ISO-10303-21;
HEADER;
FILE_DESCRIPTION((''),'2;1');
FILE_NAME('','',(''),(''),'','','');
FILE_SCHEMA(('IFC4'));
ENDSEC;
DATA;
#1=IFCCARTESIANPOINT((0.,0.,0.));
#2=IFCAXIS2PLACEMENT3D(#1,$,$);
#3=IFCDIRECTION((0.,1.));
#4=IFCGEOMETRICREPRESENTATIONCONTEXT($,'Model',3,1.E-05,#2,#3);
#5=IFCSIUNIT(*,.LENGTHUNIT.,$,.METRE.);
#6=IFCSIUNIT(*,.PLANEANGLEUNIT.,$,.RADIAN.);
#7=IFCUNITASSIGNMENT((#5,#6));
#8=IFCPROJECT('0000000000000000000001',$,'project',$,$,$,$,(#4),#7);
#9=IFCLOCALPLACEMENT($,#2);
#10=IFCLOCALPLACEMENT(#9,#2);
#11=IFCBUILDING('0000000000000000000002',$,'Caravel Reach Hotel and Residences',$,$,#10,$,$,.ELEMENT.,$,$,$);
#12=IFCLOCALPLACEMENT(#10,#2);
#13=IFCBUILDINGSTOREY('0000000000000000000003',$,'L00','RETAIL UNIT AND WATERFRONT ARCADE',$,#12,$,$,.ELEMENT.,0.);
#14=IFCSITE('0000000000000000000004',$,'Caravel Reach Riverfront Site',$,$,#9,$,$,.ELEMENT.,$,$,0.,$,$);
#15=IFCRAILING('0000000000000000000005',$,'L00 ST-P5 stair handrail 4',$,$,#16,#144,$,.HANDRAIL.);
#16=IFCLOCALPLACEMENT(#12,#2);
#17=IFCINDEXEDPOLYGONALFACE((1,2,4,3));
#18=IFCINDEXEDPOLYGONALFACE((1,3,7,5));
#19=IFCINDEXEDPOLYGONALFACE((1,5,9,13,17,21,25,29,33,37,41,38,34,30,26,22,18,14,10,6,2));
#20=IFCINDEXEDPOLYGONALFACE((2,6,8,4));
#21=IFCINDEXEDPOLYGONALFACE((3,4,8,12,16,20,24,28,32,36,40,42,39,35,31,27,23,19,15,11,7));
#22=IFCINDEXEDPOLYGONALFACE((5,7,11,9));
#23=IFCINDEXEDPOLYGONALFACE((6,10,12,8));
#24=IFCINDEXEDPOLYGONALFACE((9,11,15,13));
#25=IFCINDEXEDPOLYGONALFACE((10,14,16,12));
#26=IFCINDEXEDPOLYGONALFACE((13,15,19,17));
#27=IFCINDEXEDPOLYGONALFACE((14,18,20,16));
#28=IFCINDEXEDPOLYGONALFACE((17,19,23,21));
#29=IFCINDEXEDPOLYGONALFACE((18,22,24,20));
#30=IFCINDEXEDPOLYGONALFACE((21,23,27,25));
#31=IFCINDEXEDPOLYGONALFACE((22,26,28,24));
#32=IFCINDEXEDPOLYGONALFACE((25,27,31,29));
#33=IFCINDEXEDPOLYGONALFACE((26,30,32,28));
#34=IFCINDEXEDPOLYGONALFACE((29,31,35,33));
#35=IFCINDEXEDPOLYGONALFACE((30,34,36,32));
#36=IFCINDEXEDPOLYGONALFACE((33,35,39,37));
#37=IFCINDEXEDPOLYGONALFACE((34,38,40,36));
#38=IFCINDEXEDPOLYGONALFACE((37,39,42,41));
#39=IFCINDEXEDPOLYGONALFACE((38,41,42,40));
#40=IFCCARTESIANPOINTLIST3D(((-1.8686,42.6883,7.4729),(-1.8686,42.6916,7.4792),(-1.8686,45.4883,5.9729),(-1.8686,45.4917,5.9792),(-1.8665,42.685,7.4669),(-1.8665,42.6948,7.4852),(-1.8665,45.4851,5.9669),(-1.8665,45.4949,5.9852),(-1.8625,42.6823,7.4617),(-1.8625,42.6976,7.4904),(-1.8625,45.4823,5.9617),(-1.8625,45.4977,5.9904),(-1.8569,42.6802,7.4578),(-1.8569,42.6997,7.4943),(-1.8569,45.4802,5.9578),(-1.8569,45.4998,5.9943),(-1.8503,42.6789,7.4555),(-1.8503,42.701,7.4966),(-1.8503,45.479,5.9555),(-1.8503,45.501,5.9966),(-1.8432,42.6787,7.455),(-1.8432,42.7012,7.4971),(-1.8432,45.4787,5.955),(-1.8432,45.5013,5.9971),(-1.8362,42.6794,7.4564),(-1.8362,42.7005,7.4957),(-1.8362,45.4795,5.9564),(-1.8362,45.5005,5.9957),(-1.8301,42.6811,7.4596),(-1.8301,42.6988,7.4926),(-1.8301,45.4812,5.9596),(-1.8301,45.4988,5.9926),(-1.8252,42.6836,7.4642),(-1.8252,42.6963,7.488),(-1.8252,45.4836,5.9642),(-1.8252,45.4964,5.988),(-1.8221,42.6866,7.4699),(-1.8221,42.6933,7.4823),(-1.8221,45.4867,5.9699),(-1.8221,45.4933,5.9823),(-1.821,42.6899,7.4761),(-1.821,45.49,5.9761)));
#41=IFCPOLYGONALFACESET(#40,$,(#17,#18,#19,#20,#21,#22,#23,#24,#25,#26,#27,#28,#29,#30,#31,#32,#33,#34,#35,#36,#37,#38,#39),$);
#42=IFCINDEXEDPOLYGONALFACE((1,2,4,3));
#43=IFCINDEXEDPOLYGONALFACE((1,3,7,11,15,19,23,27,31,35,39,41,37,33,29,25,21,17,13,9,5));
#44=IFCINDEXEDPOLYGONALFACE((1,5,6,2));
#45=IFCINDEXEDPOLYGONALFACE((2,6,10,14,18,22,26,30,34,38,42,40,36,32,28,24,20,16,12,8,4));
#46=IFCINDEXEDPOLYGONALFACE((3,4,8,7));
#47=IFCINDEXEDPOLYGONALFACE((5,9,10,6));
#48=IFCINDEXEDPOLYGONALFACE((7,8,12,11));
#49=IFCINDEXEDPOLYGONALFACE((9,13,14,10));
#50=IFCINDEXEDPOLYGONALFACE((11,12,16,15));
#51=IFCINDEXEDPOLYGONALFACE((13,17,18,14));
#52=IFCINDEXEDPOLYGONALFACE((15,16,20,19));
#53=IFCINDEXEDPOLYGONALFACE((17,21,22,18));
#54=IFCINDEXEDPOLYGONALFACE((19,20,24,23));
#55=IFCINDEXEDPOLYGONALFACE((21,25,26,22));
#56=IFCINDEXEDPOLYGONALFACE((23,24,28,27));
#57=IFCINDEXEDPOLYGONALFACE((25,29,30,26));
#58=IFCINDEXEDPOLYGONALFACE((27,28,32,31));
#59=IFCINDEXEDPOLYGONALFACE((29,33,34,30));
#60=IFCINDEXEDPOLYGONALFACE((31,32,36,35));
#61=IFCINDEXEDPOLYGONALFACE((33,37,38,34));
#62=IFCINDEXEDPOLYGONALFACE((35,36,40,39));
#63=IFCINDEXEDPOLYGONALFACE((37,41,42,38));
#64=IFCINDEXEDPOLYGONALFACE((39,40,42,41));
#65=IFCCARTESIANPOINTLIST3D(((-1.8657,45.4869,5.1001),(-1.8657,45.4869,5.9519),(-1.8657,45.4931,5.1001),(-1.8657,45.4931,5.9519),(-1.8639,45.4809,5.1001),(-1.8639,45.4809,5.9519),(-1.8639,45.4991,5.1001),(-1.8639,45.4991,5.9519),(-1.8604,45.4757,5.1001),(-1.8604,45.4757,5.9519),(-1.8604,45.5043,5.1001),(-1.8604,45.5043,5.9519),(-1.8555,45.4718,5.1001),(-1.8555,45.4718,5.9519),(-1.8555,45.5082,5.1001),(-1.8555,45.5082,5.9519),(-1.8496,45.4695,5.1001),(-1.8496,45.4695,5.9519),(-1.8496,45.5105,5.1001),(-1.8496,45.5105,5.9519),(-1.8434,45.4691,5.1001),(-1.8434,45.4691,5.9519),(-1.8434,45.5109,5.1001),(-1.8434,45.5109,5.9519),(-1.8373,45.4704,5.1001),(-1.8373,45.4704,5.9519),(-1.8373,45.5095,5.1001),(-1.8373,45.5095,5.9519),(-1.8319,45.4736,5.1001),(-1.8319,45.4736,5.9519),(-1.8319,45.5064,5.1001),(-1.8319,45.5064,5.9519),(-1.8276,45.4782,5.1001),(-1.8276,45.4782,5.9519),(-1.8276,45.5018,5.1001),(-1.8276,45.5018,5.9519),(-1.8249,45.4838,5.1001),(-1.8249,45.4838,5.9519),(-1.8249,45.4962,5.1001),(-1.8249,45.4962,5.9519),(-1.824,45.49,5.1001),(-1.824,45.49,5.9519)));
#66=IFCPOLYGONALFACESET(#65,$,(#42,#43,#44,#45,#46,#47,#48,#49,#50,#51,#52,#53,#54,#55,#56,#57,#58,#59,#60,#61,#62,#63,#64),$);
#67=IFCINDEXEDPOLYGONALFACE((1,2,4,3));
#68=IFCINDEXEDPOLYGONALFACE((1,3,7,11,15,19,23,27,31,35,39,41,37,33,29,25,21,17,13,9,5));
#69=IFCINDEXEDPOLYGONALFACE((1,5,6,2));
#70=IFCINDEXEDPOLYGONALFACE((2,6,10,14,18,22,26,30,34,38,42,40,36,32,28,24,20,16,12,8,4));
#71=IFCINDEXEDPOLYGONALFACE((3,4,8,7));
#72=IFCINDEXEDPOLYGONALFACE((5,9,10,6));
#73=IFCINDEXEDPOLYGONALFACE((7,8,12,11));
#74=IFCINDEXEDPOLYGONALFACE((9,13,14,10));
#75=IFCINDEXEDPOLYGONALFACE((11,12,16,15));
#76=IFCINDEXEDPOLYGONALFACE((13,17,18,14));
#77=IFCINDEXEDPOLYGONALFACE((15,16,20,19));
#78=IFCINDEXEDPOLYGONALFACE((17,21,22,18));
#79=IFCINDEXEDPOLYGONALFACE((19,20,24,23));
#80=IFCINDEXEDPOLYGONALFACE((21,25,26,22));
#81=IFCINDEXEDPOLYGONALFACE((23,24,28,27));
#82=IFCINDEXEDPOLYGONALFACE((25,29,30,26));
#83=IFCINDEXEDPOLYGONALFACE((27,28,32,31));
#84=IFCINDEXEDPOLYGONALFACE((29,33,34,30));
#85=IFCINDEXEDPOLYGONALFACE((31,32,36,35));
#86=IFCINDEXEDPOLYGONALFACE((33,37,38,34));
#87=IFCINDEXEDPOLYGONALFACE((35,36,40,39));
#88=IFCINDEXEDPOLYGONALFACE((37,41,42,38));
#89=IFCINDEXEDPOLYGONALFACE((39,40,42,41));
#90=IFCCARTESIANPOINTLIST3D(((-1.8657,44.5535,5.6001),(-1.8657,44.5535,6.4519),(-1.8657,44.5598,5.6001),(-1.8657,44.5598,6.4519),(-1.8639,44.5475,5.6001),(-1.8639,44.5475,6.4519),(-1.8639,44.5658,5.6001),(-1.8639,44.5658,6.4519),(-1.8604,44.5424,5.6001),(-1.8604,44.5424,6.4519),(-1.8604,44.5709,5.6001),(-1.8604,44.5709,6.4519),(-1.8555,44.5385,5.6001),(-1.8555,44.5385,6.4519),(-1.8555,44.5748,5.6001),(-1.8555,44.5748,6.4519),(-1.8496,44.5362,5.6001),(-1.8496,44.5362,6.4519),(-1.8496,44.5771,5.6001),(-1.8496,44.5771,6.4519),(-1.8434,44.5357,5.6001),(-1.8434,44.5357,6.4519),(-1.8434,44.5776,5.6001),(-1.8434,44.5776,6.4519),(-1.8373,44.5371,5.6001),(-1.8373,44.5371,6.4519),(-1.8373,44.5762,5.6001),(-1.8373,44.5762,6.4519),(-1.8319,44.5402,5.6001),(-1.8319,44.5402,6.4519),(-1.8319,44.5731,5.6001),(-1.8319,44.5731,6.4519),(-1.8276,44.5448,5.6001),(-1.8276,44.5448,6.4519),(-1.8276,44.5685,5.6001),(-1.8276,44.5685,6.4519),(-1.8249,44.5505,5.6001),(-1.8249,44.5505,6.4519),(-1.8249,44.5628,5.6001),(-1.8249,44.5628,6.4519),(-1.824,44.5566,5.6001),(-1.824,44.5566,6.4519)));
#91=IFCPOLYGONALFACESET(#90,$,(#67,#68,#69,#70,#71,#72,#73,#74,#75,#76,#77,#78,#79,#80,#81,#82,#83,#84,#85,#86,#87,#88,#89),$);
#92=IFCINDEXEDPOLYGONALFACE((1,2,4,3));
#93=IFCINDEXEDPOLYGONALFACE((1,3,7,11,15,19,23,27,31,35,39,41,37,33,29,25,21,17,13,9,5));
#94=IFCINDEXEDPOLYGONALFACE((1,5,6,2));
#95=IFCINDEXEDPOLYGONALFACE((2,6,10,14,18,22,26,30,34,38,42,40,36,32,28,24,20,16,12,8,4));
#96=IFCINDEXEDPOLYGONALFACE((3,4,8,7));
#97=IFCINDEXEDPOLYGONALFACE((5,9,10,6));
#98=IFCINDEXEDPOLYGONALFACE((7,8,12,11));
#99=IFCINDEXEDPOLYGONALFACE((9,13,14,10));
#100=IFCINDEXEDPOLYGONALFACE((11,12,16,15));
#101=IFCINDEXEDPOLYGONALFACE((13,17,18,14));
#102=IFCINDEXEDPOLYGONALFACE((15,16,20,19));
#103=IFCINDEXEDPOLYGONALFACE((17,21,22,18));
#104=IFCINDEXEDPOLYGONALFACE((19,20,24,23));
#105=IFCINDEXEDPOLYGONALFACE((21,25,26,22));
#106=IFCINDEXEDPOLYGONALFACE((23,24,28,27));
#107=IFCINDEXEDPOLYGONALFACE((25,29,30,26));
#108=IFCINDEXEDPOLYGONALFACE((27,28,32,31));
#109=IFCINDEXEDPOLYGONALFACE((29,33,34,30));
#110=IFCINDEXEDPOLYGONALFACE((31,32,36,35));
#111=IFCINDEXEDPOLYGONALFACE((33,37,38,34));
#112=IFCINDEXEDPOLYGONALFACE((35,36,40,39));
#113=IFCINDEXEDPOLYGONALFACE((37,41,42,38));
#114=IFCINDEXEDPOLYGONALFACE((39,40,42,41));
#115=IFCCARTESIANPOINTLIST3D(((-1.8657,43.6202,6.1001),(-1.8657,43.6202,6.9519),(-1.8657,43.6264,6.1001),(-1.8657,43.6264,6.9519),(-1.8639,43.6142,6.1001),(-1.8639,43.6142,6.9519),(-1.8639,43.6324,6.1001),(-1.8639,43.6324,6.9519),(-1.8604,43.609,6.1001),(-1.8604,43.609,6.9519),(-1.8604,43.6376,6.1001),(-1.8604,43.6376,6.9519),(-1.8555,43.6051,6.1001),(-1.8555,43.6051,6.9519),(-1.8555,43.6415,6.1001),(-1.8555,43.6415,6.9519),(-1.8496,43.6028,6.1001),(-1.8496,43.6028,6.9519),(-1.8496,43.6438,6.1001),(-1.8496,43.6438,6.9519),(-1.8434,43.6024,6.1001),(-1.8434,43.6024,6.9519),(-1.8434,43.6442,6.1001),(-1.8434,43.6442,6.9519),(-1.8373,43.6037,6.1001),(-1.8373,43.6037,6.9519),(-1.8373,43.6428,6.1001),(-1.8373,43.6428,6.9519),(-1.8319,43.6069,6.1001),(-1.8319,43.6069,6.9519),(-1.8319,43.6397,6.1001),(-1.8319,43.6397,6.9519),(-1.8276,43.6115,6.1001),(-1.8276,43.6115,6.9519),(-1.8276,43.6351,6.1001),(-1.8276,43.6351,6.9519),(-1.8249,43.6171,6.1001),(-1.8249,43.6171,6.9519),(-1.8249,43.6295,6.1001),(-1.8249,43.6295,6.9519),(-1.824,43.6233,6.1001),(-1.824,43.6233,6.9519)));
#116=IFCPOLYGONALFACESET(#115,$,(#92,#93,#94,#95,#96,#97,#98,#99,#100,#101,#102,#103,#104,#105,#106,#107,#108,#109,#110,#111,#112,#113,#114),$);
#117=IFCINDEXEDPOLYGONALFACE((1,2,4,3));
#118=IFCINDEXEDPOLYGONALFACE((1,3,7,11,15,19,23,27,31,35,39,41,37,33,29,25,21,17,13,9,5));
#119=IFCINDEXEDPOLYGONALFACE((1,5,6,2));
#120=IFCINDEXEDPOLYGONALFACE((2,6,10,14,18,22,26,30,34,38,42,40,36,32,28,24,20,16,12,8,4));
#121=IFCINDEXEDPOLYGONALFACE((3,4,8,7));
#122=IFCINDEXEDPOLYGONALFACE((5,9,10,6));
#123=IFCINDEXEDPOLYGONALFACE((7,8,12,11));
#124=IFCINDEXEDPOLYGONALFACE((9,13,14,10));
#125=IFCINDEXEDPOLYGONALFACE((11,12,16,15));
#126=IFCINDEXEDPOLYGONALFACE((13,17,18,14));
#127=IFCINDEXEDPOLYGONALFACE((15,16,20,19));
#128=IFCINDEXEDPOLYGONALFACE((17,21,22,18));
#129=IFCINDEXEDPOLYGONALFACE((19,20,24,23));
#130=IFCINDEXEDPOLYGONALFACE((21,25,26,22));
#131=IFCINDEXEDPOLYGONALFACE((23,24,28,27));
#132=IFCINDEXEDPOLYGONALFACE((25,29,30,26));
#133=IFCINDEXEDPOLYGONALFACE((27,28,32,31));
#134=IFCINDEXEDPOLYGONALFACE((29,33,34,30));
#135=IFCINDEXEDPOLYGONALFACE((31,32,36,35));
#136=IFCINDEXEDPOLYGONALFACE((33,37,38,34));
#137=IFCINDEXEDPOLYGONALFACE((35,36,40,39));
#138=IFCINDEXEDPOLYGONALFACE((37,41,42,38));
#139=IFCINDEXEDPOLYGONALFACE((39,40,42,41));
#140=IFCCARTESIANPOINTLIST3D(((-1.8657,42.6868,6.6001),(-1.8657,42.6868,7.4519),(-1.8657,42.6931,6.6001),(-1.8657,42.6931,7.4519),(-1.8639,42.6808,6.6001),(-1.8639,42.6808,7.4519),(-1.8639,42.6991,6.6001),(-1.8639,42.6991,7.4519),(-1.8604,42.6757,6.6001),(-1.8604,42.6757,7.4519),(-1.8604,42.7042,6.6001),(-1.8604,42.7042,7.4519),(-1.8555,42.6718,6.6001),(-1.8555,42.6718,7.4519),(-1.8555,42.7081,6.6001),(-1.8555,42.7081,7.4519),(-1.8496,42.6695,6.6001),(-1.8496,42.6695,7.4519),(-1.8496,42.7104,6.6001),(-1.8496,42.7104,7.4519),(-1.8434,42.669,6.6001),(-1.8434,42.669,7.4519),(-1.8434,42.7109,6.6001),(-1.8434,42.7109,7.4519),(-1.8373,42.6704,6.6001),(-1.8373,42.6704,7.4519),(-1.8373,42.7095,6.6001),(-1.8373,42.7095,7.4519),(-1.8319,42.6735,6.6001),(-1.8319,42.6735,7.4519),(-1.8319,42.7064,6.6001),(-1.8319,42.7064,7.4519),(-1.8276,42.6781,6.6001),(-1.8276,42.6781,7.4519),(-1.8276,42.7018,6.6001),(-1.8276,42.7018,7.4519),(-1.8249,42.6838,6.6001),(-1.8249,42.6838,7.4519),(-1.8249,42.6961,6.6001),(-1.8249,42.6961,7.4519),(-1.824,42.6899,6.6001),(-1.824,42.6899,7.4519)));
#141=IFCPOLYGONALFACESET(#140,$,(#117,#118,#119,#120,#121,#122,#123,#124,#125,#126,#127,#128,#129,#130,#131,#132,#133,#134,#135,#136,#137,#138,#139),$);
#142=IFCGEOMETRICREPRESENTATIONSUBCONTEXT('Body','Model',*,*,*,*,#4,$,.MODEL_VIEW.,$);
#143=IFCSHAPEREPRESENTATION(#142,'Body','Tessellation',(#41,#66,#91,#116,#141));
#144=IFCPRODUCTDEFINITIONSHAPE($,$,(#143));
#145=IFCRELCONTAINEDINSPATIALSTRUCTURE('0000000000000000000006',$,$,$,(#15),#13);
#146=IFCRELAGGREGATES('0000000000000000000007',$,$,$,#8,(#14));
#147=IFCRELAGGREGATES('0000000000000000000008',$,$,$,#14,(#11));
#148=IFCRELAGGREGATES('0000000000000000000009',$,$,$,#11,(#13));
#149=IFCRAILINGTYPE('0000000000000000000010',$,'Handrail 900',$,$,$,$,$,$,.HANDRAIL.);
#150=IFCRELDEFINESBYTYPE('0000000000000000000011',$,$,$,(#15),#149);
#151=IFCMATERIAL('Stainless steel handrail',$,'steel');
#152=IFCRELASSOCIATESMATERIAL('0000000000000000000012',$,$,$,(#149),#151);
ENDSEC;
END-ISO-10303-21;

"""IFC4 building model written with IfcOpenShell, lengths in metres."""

from ifc_helpers import new_model, si_unit, direction, frame, origin, origin_2d, place, context, subcontext, project, spatial, circle, extrude, material, type_object, element, save


model = new_model("IFC4")

# Units and contexts
model_context = context("Model", 3, precision=1e-05, world=origin(), true_north=direction((0.0, 1.0)))
body_context = subcontext(model_context, "Body", "Model", "MODEL_VIEW")
ifc_project = project(units=[si_unit("LENGTHUNIT", "METRE"), si_unit("PLANEANGLEUNIT", "RADIAN")], contexts=[model_context])

# Site, building, storey
site_placement = place(None, origin())
site = spatial("IfcSite", under=ifc_project, at=site_placement, Name="Caravel Reach Riverfront Site", CompositionType="ELEMENT", RefElevation=0.0)
building_placement = place(site_placement, origin())
building = spatial("IfcBuilding", under=site, at=building_placement, Name="Caravel Reach Hotel and Residences", CompositionType="ELEMENT")
storey_placement = place(building_placement, origin())
storey = spatial("IfcBuildingStorey", under=building, at=storey_placement, Name="L00", Description="RETAIL UNIT AND WATERFRONT ARCADE", CompositionType="ELEMENT", Elevation=0.0)

# Railing
ifc_material_1 = material(Name="Stainless steel handrail", Category="steel")
railing_type_1 = type_object("IfcRailingType", Name="Handrail 900", PredefinedType="HANDRAIL", material=ifc_material_1)
for number, where, name in (
    (1, (-1.845, 45.49, 5.1001), "L00 ST-P5 stair handrail 4"),
):
    element("IfcRailing", number, at=place(storey_placement, frame(where)), inside=storey, type_object=railing_type_1, Name=name, PredefinedType="HANDRAIL", context=body_context, shape_type="SweptSolid", body=[
        extrude(circle(Radius=0.0239, at=origin_2d()), frame((0.0, 0.0, 0.876), z_axis=(0.0, -0.881483, 0.472215), x_axis=(1.0, 0.0, 0.0)), (0.0, 0.0, 1.0), 3.1765),
        extrude(circle(Radius=0.021, at=origin_2d()), origin(), (0.0, 0.0, 1.0), 0.8518),
        extrude(circle(Radius=0.021, at=origin_2d()), frame((0.0, -0.9333, 0.5)), (0.0, 0.0, 1.0), 0.8518),
        extrude(circle(Radius=0.021, at=origin_2d()), frame((0.0, -1.8667, 1.0)), (0.0, 0.0, 1.0), 0.8518),
        extrude(circle(Radius=0.021, at=origin_2d()), frame((0.0, -2.8, 1.5)), (0.0, 0.0, 1.0), 0.8518),
    ])

save(model, "model.ifc")
